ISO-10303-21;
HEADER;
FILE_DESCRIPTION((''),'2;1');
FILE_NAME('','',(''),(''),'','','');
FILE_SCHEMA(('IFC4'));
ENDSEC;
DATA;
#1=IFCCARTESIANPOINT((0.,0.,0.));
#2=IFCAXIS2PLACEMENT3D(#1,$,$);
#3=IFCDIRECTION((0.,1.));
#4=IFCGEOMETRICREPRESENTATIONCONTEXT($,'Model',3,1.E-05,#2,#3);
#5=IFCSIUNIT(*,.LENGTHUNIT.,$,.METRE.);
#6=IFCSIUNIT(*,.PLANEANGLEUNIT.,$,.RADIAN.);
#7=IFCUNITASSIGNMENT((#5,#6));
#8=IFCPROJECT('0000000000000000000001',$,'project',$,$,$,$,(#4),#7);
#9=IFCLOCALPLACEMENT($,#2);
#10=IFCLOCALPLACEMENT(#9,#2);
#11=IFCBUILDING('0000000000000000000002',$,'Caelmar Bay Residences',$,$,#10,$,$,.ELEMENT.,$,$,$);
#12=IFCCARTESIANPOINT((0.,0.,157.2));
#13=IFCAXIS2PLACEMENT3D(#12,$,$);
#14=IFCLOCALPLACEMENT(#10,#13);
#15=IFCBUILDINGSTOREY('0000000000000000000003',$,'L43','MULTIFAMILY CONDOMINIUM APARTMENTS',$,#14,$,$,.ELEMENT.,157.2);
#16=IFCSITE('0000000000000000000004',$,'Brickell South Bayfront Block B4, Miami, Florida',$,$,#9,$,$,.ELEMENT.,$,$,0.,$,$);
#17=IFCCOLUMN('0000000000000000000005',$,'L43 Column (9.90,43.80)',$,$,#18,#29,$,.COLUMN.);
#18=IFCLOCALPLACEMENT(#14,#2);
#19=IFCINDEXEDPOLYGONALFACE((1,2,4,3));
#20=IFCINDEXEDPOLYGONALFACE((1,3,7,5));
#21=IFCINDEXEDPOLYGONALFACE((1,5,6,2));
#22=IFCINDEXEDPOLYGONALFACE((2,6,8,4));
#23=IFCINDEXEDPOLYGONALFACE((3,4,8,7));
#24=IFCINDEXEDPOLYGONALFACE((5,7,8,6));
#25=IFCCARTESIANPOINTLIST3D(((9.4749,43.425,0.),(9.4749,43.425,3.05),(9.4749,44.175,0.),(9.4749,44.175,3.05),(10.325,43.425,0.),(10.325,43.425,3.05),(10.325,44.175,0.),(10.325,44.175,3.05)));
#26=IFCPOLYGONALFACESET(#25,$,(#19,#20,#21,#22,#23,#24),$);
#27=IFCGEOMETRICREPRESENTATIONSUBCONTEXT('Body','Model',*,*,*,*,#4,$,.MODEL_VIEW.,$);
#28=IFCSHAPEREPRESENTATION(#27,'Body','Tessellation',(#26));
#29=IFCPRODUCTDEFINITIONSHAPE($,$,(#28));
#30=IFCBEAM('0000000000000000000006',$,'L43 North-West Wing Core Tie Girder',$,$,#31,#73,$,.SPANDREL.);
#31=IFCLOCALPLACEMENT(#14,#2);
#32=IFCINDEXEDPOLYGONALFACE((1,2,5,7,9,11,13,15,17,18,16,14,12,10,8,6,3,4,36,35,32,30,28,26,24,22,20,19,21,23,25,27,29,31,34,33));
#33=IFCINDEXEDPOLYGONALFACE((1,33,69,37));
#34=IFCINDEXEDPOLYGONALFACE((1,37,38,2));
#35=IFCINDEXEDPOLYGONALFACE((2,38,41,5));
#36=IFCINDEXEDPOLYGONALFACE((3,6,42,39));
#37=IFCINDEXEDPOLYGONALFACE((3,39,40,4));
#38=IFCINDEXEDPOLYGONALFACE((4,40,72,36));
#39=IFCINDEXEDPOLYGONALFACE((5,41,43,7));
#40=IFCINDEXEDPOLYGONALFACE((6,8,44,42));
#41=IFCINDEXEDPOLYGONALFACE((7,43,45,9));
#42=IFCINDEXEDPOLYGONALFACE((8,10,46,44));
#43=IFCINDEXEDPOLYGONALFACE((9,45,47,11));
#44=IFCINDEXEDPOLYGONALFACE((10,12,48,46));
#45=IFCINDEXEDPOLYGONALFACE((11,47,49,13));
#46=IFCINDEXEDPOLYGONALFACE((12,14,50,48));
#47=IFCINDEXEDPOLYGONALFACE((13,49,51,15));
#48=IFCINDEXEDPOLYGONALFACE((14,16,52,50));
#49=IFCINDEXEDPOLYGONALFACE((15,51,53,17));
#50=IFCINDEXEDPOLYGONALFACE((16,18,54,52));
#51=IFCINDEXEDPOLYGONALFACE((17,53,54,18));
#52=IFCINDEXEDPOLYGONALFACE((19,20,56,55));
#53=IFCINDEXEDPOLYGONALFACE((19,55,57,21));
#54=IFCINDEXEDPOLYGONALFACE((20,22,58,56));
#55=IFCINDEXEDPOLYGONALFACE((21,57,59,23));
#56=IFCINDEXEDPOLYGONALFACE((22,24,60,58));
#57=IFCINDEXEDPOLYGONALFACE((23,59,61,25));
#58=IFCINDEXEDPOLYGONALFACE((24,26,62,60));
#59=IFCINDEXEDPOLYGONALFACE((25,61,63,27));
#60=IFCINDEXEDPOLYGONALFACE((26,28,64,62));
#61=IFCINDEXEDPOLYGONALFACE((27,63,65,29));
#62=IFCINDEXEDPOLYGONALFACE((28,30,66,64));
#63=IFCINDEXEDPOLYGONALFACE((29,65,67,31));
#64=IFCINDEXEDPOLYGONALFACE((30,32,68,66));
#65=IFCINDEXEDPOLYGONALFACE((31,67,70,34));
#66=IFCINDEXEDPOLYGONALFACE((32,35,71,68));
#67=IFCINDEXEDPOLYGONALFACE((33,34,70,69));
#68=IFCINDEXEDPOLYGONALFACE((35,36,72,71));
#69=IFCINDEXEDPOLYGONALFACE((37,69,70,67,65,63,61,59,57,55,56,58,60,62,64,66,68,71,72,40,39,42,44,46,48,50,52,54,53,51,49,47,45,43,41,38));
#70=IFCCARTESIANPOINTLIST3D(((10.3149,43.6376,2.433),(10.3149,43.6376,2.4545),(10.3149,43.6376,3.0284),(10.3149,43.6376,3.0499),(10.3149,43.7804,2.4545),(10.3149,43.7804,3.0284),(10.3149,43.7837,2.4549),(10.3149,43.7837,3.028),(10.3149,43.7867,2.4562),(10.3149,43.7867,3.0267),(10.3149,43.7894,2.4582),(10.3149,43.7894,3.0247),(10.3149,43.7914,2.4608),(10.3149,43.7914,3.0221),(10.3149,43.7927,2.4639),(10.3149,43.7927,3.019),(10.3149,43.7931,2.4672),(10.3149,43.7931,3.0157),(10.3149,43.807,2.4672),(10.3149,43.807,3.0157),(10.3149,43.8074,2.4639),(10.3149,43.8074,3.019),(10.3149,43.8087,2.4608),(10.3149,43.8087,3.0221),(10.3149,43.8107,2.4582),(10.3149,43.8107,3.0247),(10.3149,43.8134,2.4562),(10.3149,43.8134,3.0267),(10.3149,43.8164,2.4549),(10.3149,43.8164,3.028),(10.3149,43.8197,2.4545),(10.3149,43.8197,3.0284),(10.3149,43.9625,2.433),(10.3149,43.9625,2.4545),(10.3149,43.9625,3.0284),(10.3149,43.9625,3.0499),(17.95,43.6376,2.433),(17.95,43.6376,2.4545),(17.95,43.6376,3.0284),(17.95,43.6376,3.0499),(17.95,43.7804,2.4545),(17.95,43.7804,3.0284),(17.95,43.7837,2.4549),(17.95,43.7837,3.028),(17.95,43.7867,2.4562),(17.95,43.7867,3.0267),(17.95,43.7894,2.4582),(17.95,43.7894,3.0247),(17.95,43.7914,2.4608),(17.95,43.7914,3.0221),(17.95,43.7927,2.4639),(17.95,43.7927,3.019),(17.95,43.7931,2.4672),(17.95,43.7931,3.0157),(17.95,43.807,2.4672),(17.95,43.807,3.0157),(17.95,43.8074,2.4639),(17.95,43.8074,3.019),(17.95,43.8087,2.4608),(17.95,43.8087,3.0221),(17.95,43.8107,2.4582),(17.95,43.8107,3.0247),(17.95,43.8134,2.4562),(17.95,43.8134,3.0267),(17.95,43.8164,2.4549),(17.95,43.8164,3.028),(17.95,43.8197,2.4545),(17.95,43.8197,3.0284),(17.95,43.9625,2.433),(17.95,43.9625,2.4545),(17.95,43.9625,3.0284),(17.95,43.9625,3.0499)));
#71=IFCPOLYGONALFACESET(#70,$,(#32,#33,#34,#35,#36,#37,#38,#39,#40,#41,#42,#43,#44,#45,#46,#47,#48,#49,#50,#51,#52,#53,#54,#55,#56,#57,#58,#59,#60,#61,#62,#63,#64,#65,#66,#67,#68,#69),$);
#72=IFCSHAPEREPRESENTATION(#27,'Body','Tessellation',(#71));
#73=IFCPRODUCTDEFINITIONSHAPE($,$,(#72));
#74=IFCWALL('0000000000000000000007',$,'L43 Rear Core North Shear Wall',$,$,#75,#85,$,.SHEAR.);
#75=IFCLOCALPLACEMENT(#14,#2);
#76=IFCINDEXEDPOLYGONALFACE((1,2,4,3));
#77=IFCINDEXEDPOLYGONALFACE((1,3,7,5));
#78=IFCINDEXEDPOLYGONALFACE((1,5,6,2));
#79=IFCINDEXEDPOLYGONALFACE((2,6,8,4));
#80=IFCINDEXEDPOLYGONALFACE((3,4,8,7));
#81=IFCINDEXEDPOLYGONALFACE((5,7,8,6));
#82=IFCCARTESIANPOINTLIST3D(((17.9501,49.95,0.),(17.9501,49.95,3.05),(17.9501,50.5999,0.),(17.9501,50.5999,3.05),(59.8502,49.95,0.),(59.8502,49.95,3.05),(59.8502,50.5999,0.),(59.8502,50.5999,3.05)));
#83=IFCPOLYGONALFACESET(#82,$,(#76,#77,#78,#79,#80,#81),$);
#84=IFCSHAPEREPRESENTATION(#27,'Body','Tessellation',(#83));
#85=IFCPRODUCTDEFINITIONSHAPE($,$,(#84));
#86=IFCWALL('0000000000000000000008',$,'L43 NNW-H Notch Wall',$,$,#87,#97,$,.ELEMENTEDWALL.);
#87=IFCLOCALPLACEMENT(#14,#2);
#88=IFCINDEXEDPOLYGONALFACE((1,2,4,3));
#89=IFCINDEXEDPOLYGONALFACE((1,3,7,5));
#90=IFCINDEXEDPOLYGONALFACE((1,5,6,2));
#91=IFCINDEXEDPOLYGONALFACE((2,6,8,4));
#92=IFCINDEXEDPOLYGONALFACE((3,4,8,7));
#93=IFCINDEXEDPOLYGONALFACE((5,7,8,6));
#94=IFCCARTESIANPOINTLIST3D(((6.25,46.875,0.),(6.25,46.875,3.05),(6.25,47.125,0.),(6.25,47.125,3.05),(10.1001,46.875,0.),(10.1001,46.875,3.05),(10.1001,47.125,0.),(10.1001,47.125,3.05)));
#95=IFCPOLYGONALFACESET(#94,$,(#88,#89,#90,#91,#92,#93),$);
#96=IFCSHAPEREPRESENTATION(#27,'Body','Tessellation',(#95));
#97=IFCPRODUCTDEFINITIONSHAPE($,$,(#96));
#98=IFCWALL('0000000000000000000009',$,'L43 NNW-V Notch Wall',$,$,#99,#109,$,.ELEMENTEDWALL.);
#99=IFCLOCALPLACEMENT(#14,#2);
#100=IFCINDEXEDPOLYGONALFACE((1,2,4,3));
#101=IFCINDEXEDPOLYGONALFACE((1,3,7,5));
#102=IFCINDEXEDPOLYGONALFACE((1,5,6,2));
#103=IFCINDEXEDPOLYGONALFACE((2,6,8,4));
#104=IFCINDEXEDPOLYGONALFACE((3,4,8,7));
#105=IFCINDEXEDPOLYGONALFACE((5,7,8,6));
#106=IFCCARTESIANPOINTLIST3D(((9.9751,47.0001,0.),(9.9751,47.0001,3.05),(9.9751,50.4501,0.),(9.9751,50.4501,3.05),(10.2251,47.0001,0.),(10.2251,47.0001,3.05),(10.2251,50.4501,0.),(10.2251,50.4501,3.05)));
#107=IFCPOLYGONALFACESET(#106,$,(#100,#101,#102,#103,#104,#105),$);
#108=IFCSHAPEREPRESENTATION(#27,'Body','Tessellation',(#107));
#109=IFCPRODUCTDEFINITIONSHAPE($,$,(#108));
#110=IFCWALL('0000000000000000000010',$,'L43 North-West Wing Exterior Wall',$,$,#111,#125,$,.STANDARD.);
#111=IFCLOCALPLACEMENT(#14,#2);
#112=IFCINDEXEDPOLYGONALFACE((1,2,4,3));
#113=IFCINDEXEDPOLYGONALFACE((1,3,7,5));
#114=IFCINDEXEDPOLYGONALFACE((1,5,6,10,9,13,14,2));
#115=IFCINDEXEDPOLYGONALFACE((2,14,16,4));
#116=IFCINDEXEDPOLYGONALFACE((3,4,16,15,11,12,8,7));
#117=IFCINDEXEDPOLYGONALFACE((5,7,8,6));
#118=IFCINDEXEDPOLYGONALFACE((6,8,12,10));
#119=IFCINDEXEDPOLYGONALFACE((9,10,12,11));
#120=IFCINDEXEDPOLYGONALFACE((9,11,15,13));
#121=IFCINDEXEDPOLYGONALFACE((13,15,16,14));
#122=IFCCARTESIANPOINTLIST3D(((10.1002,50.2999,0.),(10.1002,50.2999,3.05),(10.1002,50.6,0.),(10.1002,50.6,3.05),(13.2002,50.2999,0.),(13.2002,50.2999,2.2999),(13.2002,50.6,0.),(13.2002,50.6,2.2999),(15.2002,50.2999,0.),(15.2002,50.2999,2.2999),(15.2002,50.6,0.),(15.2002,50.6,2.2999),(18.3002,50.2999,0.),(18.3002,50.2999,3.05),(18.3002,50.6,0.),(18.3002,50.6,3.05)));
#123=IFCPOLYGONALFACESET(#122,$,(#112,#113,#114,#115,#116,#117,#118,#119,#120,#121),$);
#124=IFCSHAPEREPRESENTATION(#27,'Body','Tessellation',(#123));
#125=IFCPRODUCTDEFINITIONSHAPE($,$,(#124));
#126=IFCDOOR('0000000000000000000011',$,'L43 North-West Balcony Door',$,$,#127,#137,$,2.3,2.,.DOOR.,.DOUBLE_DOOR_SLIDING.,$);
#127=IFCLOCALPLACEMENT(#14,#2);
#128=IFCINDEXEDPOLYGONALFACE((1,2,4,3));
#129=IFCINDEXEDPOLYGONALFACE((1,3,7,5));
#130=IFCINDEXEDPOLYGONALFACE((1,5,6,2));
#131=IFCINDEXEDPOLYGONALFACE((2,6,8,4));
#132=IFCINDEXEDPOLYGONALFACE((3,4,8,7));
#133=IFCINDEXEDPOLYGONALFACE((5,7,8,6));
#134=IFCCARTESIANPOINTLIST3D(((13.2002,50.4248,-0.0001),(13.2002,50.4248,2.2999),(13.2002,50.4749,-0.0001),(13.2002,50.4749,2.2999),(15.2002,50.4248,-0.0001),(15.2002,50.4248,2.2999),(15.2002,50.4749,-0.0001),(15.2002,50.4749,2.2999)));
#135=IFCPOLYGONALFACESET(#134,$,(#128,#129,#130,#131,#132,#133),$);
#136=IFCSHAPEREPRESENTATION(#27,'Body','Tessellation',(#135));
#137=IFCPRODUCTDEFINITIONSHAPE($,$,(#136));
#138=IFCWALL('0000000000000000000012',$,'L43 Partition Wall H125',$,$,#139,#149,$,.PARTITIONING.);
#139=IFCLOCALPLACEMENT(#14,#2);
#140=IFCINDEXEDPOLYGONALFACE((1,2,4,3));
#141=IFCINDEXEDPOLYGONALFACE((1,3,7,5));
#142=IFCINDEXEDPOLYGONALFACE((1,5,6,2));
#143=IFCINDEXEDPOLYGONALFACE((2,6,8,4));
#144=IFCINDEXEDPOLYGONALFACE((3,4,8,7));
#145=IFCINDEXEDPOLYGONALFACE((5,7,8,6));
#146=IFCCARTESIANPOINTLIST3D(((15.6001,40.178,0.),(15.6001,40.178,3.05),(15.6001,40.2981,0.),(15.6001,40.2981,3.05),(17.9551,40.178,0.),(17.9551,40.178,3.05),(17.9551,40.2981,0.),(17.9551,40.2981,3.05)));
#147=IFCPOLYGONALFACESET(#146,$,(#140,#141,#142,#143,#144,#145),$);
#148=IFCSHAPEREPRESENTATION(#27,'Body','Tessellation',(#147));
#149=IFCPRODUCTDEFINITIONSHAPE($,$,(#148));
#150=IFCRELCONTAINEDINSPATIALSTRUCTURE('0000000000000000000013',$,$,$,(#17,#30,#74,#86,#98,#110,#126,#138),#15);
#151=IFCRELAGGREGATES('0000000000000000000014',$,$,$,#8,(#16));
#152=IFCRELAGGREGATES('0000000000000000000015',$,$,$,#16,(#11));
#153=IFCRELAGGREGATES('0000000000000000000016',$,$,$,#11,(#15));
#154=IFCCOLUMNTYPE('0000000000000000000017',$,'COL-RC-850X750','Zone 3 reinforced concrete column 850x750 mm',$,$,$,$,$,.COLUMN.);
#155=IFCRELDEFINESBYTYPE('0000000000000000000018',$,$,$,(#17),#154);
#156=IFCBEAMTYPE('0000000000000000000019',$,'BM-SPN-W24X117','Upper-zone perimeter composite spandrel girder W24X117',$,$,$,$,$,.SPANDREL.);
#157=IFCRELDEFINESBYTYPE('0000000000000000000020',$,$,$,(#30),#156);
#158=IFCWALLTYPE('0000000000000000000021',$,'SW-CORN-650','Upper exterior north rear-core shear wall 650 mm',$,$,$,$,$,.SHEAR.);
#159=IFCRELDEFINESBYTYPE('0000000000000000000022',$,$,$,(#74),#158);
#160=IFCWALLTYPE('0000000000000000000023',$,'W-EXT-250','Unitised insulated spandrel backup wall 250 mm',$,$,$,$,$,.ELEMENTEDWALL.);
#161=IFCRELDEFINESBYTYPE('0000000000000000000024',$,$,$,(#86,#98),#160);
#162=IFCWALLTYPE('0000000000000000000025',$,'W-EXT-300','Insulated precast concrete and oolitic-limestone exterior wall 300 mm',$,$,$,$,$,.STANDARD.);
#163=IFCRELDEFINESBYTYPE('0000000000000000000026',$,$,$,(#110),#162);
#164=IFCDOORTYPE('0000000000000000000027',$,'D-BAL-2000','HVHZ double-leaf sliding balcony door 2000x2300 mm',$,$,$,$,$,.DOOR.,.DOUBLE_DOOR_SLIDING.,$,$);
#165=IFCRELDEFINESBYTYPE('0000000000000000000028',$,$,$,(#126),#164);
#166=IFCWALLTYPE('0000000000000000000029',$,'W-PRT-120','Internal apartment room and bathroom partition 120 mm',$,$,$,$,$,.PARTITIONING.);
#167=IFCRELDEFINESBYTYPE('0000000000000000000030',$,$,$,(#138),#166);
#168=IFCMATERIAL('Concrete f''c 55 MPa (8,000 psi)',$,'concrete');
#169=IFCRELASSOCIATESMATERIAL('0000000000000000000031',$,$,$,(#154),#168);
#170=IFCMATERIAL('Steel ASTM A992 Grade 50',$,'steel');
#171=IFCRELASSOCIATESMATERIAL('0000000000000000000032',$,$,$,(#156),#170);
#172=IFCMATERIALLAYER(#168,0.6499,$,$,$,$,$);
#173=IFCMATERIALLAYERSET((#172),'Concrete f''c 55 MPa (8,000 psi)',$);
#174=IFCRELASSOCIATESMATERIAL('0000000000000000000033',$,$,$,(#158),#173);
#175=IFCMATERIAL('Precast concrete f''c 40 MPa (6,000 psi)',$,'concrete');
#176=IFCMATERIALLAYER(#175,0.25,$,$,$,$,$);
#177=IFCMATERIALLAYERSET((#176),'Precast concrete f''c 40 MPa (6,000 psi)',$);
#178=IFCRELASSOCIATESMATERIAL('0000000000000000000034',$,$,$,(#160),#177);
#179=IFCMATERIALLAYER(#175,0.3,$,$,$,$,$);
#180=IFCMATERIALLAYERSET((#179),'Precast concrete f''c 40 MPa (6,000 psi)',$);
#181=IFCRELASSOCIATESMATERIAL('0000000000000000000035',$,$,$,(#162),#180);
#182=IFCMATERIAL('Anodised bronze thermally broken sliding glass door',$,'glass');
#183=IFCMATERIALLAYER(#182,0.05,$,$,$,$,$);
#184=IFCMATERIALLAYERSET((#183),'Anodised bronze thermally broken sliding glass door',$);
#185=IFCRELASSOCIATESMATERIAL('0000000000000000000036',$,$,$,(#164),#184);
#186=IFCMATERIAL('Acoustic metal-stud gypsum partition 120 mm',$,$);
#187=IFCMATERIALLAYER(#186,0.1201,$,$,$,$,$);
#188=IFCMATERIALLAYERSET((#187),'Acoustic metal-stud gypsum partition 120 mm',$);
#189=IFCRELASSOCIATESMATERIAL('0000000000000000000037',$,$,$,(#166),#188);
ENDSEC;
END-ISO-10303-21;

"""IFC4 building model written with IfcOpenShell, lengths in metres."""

from ifc_helpers import new_model, si_unit, direction, frame, frame_2d, origin, origin_2d, place, context, subcontext, project, spatial, rectangle, i_section, extrude, material, layer, layer_set, material_profile, profile_set, type_object, element, fill, save


model = new_model("IFC4")

# Units and contexts
model_context = context("Model", 3, precision=1e-05, world=origin(), true_north=direction((0.0, 1.0)))
body_context = subcontext(model_context, "Body", "Model", "MODEL_VIEW")
ifc_project = project(units=[si_unit("LENGTHUNIT", "METRE"), si_unit("PLANEANGLEUNIT", "RADIAN")], contexts=[model_context])

# Site, building, storey
site_placement = place(None, origin())
site = spatial("IfcSite", under=ifc_project, at=site_placement, Name="Brickell South Bayfront Block B4, Miami, Florida", CompositionType="ELEMENT", RefElevation=0.0)
building_placement = place(site_placement, origin())
building = spatial("IfcBuilding", under=site, at=building_placement, Name="Caelmar Bay Residences", CompositionType="ELEMENT")
storey_placement = place(building_placement, frame((0.0, 0.0, 157.2)))
storey = spatial("IfcBuildingStorey", under=building, at=storey_placement, Name="L43", Description="MULTIFAMILY CONDOMINIUM APARTMENTS", CompositionType="ELEMENT", Elevation=157.2)

# Column
ifc_material_1 = material(Name="Concrete f'c 55 MPa (8,000 psi)", Category="concrete")
ifc_material_profile_1 = material_profile(ifc_material_1, rectangle(XDim=0.8501, YDim=0.75, at=origin_2d()), Name="RC-COL-850X750")
ifc_profile_set_1 = profile_set([ifc_material_profile_1], Name="Concrete f'c 55 MPa (8,000 psi)")
column_type = type_object("IfcColumnType", Name="COL-RC-850X750", Description="Zone 3 reinforced concrete column 850x750 mm", PredefinedType="COLUMN", material=ifc_profile_set_1)
column_placement = place(storey_placement, frame((9.8999, 43.8, 0.0), z_axis=(0.0, 0.0, 1.0), x_axis=(1.0, 0.0, 0.0)))
element("IfcColumn", 1, at=column_placement, inside=storey, type_object=column_type, Name="L43 Column (9.90,43.80)", PredefinedType="COLUMN", context=body_context, shape_type="SweptSolid", body=[
    extrude(rectangle(XDim=0.8501, YDim=0.75, at=origin_2d()), origin(), (0.0, 0.0, 1.0), 3.05),
])

# Beam
ifc_material_2 = material(Name="Steel ASTM A992 Grade 50", Category="steel")
ifc_material_profile_2 = material_profile(ifc_material_2, i_section(OverallWidth=0.325, OverallDepth=0.6169, WebThickness=0.0139, FlangeThickness=0.0215, FilletRadius=0.0127, at=origin_2d()), Name="W24X117")
ifc_profile_set_2 = profile_set([ifc_material_profile_2], Name="Steel ASTM A992 Grade 50")
beam_type = type_object("IfcBeamType", Name="BM-SPN-W24X117", Description="Upper-zone perimeter composite spandrel girder W24X117", PredefinedType="SPANDREL", material=ifc_profile_set_2)
beam_placement = place(storey_placement, frame((10.3149, 43.8, 2.7415), z_axis=(1.0, 0.0, 0.0), x_axis=(0.0, 1.0, 0.0)))
element("IfcBeam", 2, at=beam_placement, inside=storey, type_object=beam_type, Name="L43 North-West Wing Core Tie Girder", PredefinedType="SPANDREL", context=body_context, shape_type="SweptSolid", body=[
    extrude(i_section(OverallWidth=0.325, OverallDepth=0.6169, WebThickness=0.0139, FlangeThickness=0.0215, FilletRadius=0.0127, at=origin_2d()), origin(), (0.0, 0.0, 1.0), 7.635),
])

# Walls
ifc_layer_1 = layer(ifc_material_1, 0.6499)
ifc_layer_set_1 = layer_set([ifc_layer_1], Name="Concrete f'c 55 MPa (8,000 psi)")
wall_type_1 = type_object("IfcWallType", Name="SW-CORN-650", Description="Upper exterior north rear-core shear wall 650 mm", PredefinedType="SHEAR", material=ifc_layer_set_1)
wall_1_placement = place(storey_placement, frame((17.95, 50.2749, 0.0), z_axis=(0.0, 0.0, 1.0), x_axis=(1.0, 0.0, 0.0)))
element("IfcWall", 3, at=wall_1_placement, inside=storey, type_object=wall_type_1, Name="L43 Rear Core North Shear Wall", PredefinedType="SHEAR", context=body_context, shape_type="SweptSolid", body=[
    extrude(rectangle(XDim=41.9001, YDim=0.6499, at=frame_2d((20.9502, 0.0))), origin(), (0.0, 0.0, 1.0), 3.05),
])
ifc_material_3 = material(Name="Precast concrete f'c 40 MPa (6,000 psi)", Category="concrete")
ifc_layer_2 = layer(ifc_material_3, 0.25)
ifc_layer_set_2 = layer_set([ifc_layer_2], Name="Precast concrete f'c 40 MPa (6,000 psi)")
wall_type_2 = type_object("IfcWallType", Name="W-EXT-250", Description="Unitised insulated spandrel backup wall 250 mm", PredefinedType="ELEMENTEDWALL", material=ifc_layer_set_2)
wall_2_placement = place(storey_placement, frame((6.25, 47.0, 0.0), z_axis=(0.0, 0.0, 1.0), x_axis=(1.0, 0.0, 0.0)))
element("IfcWall", 4, at=wall_2_placement, inside=storey, type_object=wall_type_2, Name="L43 NNW-H Notch Wall", PredefinedType="ELEMENTEDWALL", context=body_context, shape_type="SweptSolid", body=[
    extrude(rectangle(XDim=3.8501, YDim=0.25, at=frame_2d((1.925, 0.0))), origin(), (0.0, 0.0, 1.0), 3.05),
])
wall_3_placement = place(storey_placement, frame((10.1001, 47.0, 0.0), z_axis=(0.0, 0.0, 1.0), x_axis=(0.0, 1.0, 0.0)))
element("IfcWall", 5, at=wall_3_placement, inside=storey, type_object=wall_type_2, Name="L43 NNW-V Notch Wall", PredefinedType="ELEMENTEDWALL", context=body_context, shape_type="SweptSolid", body=[
    extrude(rectangle(XDim=3.45, YDim=0.25, at=frame_2d((1.7251, 0.0))), origin(), (0.0, 0.0, 1.0), 3.05),
])

# Wall, opening, door
ifc_layer_3 = layer(ifc_material_3, 0.3)
ifc_layer_set_3 = layer_set([ifc_layer_3], Name="Precast concrete f'c 40 MPa (6,000 psi)")
wall_type_3 = type_object("IfcWallType", Name="W-EXT-300", Description="Insulated precast concrete and oolitic-limestone exterior wall 300 mm", PredefinedType="STANDARD", material=ifc_layer_set_3)
wall_4_placement = place(storey_placement, frame((10.1001, 50.45, 0.0), z_axis=(0.0, 0.0, 1.0), x_axis=(1.0, 0.0, 0.0)))
wall_4 = element("IfcWall", 6, at=wall_4_placement, inside=storey, type_object=wall_type_3, Name="L43 North-West Wing Exterior Wall", PredefinedType="STANDARD", context=body_context, shape_type="SweptSolid", body=[
    extrude(rectangle(XDim=8.2, YDim=0.3, at=frame_2d((4.1001, 0.0))), origin(), (0.0, 0.0, 1.0), 3.05),
])
opening_1_placement = place(wall_4_placement, frame((3.1001, 0.0, 0.0)))
opening_1 = element("IfcOpeningElement", 7, at=opening_1_placement, cuts=wall_4, PredefinedType="OPENING", context=body_context, shape_type="SweptSolid", body=[
    extrude(rectangle(XDim=2.0, YDim=2.3, at=frame_2d((1.0, 1.1499))), frame((0.0, 0.1599, 0.0), z_axis=(0.0, -1.0, 0.0), x_axis=(1.0, 0.0, 0.0)), (0.0, 0.0, 1.0), 0.3201),
])
ifc_material_4 = material(Name="Anodised bronze thermally broken sliding glass door", Category="glass")
ifc_layer_4 = layer(ifc_material_4, 0.05)
ifc_layer_set_4 = layer_set([ifc_layer_4], Name="Anodised bronze thermally broken sliding glass door")
door_type_1 = type_object("IfcDoorType", Name="D-BAL-2000", Description="HVHZ double-leaf sliding balcony door 2000x2300 mm", OperationType="DOUBLE_DOOR_SLIDING", PredefinedType="DOOR", material=ifc_layer_set_4)
door_1_placement = place(opening_1_placement, origin())
door_1 = element("IfcDoor", 8, at=door_1_placement, inside=storey, type_object=door_type_1, Name="L43 North-West Balcony Door", OperationType="DOUBLE_DOOR_SLIDING", OverallHeight=2.3, OverallWidth=2.0, PredefinedType="DOOR", context=body_context, shape_type="SweptSolid", body=[
    extrude(rectangle(XDim=2.0, YDim=2.3, at=frame_2d((1.0, 1.1499))), frame((0.0, 0.0249, 0.0), z_axis=(0.0, -1.0, 0.0), x_axis=(1.0, 0.0, 0.0)), (0.0, 0.0, 1.0), 0.05),
])
fill(opening_1, door_1)
ifc_material_5 = material(Name="Acoustic metal-stud gypsum partition 120 mm")
ifc_layer_5 = layer(ifc_material_5, 0.1201)
ifc_layer_set_5 = layer_set([ifc_layer_5], Name="Acoustic metal-stud gypsum partition 120 mm")
wall_type_4 = type_object("IfcWallType", Name="W-PRT-120", Description="Internal apartment room and bathroom partition 120 mm", PredefinedType="PARTITIONING", material=ifc_layer_set_5)

# Wall
wall_5_placement = place(storey_placement, frame((15.6001, 40.238, 0.0), z_axis=(0.0, 0.0, 1.0), x_axis=(1.0, 0.0, 0.0)))
element("IfcWall", 9, at=wall_5_placement, inside=storey, type_object=wall_type_4, Name="L43 Partition Wall H125", PredefinedType="PARTITIONING", context=body_context, shape_type="SweptSolid", body=[
    extrude(rectangle(XDim=2.355, YDim=0.1201, at=frame_2d((1.1775, 0.0))), origin(), (0.0, 0.0, 1.0), 3.05),
])

save(model, "model.ifc")
